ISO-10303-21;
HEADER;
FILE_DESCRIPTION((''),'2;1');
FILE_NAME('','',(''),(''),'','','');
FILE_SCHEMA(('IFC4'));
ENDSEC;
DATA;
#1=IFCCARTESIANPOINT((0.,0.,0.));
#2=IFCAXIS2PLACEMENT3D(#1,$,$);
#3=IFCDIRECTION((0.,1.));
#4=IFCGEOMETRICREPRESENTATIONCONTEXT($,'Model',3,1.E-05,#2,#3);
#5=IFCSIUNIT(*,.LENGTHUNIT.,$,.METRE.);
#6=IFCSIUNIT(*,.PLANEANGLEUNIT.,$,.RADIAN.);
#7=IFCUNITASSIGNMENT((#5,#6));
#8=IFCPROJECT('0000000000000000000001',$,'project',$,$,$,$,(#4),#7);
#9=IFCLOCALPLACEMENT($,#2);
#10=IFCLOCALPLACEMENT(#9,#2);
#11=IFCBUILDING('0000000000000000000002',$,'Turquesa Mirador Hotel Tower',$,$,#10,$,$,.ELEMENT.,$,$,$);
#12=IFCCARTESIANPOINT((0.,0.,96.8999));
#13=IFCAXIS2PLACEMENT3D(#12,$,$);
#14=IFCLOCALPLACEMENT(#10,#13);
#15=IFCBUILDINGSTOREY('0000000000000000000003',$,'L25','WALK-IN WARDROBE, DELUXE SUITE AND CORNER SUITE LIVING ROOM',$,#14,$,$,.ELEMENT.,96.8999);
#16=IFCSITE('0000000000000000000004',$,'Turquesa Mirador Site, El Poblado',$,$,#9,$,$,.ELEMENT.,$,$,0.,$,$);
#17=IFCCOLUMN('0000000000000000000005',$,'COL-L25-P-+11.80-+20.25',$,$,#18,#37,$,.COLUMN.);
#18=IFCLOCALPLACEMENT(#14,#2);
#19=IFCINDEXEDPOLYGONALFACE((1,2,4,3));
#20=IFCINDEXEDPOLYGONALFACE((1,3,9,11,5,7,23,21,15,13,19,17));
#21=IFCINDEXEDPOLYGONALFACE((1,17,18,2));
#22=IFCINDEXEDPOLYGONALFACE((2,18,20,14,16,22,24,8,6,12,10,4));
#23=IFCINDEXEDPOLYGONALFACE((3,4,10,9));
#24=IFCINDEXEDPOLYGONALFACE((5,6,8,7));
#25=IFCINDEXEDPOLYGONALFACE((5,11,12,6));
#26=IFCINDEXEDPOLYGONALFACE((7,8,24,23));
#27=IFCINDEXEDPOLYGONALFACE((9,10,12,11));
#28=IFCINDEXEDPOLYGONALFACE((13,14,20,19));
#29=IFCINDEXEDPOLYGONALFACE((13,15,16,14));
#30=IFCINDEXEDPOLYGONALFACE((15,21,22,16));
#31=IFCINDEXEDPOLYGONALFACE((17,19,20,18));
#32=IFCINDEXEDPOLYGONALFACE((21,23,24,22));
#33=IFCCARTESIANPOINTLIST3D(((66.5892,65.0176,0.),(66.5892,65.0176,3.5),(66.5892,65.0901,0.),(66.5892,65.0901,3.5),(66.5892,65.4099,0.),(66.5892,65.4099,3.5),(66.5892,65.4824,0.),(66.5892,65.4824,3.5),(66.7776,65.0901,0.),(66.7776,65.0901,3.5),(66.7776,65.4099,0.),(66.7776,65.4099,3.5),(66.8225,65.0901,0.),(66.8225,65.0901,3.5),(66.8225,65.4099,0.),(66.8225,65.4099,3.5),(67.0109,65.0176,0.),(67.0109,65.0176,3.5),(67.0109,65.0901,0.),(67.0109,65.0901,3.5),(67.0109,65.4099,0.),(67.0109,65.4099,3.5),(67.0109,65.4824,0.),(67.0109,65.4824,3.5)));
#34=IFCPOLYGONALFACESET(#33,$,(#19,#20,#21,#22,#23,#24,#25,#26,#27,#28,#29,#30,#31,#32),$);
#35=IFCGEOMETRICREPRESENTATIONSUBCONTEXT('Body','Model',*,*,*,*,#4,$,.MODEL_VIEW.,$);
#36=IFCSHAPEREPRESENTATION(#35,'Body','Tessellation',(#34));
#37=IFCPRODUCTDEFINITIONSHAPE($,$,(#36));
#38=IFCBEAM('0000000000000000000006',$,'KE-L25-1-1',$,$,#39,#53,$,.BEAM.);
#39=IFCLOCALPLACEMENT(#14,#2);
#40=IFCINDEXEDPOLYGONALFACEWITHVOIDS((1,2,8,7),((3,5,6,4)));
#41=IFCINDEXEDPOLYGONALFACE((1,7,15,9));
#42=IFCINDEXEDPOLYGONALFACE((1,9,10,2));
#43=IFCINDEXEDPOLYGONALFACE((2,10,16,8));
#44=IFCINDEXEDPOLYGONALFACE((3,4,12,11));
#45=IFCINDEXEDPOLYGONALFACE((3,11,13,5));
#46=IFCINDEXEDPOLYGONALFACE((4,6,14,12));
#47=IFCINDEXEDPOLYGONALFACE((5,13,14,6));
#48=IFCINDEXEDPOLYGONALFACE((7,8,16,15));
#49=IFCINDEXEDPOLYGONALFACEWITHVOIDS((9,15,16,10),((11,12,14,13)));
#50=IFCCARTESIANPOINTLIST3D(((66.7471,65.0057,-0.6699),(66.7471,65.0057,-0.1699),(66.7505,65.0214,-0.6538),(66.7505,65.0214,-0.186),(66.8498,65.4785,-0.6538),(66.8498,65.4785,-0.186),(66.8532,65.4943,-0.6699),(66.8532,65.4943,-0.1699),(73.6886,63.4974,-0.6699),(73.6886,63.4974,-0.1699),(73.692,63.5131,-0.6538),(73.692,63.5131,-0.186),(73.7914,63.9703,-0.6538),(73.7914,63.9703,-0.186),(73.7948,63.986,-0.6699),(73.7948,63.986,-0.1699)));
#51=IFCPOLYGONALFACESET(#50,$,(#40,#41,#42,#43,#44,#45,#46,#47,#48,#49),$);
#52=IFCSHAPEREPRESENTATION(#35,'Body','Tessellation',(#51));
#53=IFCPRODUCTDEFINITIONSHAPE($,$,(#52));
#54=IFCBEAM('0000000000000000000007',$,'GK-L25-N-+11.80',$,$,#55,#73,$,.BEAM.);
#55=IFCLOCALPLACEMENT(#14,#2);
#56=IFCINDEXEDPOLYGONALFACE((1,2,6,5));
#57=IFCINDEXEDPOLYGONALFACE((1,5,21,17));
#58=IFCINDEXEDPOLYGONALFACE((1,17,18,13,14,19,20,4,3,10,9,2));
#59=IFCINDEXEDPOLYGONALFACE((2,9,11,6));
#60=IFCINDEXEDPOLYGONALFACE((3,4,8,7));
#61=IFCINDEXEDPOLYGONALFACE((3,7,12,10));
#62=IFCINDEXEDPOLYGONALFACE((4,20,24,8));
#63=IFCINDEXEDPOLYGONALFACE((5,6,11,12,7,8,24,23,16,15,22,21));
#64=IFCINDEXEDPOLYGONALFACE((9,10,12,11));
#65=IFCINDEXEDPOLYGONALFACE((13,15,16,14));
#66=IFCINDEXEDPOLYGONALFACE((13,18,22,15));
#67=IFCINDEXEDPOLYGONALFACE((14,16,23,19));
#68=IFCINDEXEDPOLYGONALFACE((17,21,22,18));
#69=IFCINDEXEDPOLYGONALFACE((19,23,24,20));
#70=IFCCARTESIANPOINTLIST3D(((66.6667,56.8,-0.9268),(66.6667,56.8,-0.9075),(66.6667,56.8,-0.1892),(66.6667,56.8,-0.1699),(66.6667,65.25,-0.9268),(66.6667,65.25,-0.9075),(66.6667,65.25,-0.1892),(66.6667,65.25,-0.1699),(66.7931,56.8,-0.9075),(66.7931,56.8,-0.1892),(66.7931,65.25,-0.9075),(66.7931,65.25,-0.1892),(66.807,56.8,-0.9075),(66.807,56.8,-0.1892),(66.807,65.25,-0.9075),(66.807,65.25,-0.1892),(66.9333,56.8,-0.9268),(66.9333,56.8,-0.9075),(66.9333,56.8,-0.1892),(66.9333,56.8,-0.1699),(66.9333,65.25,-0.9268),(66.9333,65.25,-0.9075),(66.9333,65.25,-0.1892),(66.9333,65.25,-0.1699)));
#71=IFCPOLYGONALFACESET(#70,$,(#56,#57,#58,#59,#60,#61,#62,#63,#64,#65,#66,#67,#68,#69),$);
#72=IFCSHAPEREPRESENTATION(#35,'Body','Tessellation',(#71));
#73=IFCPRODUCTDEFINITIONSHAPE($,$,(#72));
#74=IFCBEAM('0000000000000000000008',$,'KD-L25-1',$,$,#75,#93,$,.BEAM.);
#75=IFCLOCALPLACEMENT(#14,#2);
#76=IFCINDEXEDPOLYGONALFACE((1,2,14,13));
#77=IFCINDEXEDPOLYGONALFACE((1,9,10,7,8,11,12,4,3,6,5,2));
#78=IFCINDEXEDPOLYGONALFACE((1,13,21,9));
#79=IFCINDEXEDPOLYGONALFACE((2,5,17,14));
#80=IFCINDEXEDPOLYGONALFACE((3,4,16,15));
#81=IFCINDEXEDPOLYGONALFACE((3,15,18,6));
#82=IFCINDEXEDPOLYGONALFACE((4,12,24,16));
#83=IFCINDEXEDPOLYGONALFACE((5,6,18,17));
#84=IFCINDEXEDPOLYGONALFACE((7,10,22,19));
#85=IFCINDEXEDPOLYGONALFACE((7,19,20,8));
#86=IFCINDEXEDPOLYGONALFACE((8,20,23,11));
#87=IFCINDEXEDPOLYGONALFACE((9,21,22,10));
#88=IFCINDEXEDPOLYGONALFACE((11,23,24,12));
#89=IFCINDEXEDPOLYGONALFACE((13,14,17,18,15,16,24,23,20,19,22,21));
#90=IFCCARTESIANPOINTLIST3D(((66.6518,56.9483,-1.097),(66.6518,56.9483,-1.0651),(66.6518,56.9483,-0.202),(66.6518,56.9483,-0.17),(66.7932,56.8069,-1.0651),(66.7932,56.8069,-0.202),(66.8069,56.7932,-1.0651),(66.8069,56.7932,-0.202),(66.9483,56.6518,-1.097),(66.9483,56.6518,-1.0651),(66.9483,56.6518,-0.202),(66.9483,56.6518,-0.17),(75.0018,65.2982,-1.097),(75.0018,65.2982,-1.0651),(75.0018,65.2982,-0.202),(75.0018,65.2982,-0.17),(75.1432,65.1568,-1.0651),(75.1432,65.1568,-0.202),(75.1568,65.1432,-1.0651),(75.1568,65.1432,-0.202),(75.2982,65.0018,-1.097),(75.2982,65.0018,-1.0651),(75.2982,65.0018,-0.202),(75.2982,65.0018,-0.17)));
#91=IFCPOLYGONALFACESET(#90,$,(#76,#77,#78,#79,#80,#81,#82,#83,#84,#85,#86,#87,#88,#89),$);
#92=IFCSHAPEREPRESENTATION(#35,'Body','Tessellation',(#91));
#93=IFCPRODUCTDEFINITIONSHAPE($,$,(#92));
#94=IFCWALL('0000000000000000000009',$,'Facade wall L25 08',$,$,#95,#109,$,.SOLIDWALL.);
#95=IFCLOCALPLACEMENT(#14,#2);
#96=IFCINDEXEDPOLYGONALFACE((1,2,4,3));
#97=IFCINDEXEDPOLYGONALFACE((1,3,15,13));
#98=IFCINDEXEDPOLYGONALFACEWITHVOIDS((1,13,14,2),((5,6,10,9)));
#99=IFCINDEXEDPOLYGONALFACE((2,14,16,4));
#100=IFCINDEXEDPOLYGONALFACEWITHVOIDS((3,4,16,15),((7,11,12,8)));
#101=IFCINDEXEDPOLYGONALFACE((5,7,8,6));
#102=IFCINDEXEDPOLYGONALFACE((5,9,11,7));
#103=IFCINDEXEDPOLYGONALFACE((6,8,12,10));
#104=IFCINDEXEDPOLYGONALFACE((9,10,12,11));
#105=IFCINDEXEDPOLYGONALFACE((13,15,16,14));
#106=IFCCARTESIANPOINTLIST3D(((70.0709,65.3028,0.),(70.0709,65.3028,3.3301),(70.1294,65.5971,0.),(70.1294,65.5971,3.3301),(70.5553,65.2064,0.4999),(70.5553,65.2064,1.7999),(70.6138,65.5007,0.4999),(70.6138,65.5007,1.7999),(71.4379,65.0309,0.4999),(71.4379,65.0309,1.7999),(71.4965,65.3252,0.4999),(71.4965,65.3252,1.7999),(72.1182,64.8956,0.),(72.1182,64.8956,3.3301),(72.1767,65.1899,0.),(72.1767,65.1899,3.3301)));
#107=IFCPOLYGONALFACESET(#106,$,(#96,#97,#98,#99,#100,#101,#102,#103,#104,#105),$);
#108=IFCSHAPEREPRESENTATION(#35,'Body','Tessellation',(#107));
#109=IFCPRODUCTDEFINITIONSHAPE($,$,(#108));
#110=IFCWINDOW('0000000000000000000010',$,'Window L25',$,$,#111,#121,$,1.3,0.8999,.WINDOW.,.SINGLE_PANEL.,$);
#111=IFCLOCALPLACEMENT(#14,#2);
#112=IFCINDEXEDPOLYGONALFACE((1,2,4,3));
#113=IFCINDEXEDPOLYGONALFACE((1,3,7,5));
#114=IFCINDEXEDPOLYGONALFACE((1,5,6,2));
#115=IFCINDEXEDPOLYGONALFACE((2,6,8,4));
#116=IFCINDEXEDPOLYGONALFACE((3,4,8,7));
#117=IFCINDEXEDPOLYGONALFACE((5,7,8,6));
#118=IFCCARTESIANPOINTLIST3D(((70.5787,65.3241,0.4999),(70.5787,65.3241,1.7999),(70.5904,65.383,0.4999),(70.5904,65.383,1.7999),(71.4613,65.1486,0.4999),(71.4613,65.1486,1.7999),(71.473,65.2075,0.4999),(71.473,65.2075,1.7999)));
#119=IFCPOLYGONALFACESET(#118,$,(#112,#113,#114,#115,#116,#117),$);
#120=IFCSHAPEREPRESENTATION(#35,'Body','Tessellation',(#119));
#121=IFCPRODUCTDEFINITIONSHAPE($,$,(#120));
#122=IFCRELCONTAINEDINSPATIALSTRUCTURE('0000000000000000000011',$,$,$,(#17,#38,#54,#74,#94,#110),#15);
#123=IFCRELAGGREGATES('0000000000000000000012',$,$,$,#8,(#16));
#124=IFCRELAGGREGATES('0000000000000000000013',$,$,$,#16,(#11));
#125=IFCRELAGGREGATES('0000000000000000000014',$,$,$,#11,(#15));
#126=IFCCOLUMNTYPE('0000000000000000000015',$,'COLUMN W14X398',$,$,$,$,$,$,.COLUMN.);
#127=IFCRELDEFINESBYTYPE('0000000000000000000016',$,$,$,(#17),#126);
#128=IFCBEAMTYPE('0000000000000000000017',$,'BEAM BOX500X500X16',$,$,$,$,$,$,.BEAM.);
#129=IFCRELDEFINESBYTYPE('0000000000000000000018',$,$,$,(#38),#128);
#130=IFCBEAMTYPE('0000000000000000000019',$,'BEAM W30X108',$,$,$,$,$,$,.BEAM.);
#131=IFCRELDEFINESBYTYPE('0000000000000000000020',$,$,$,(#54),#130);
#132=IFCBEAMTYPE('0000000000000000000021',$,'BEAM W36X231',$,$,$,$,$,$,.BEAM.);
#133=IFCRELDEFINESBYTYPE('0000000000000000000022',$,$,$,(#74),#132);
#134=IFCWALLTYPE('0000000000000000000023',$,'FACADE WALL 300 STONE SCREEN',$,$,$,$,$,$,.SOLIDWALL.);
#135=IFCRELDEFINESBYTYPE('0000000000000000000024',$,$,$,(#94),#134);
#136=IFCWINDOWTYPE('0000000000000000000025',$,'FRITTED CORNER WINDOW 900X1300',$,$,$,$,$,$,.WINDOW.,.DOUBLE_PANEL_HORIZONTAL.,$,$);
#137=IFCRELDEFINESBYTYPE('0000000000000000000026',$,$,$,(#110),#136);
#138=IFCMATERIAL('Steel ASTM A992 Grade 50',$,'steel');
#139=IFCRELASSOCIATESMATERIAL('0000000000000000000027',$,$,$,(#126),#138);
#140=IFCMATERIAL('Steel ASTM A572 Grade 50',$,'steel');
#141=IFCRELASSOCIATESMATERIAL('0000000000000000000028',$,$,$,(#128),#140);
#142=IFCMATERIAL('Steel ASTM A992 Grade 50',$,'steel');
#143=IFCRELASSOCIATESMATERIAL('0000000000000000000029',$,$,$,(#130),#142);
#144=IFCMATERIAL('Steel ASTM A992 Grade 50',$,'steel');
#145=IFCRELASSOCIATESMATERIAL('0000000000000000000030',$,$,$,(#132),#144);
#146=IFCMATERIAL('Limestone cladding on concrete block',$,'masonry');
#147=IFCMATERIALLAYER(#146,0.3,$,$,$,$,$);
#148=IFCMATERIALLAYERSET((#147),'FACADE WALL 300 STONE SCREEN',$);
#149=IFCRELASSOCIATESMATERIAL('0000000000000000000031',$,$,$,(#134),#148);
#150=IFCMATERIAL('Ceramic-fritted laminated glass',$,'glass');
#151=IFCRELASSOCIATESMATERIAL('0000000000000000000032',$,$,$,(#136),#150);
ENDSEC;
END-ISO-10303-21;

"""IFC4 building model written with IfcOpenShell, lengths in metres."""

from ifc_helpers import new_model, si_unit, direction, frame, frame_2d, origin, origin_2d, place, context, subcontext, project, spatial, rectangle, hollow_rectangle, i_section, extrude, material, layer, layer_set, material_profile, profile_set, type_object, element, fill, save


model = new_model("IFC4")

# Units and contexts
model_context = context("Model", 3, precision=1e-05, world=origin(), true_north=direction((0.0, 1.0)))
body_context = subcontext(model_context, "Body", "Model", "MODEL_VIEW")
ifc_project = project(units=[si_unit("LENGTHUNIT", "METRE"), si_unit("PLANEANGLEUNIT", "RADIAN")], contexts=[model_context])

# Site, building, storey
site_placement = place(None, origin())
site = spatial("IfcSite", under=ifc_project, at=site_placement, Name="Turquesa Mirador Site, El Poblado", CompositionType="ELEMENT", RefElevation=0.0)
building_placement = place(site_placement, origin())
building = spatial("IfcBuilding", under=site, at=building_placement, Name="Turquesa Mirador Hotel Tower", CompositionType="ELEMENT")
storey_placement = place(building_placement, frame((0.0, 0.0, 96.8999)))
storey = spatial("IfcBuildingStorey", under=building, at=storey_placement, Name="L25", Description="WALK-IN WARDROBE, DELUXE SUITE AND CORNER SUITE LIVING ROOM", CompositionType="ELEMENT", Elevation=96.8999)

# Column
ifc_material_1 = material(Name="Steel ASTM A992 Grade 50", Category="steel")
ifc_material_profile_1 = material_profile(ifc_material_1, i_section(OverallWidth=0.4216, OverallDepth=0.4648, WebThickness=0.0449, FlangeThickness=0.0725, at=origin_2d()), Name="W14X398")
ifc_profile_set_1 = profile_set([ifc_material_profile_1], Name="Steel ASTM A992 Grade 50")
column_type = type_object("IfcColumnType", Name="COLUMN W14X398", PredefinedType="COLUMN", material=ifc_profile_set_1)
column_placement = place(storey_placement, frame((66.8, 65.25, 0.0), z_axis=(0.0, 0.0, 1.0), x_axis=(1.0, 0.0, 0.0)))
element("IfcColumn", 1, at=column_placement, inside=storey, type_object=column_type, Name="COL-L25-P-+11.80-+20.25", PredefinedType="COLUMN", context=body_context, shape_type="SweptSolid", body=[
    extrude(i_section(OverallWidth=0.4216, OverallDepth=0.4648, WebThickness=0.0449, FlangeThickness=0.0725, at=origin_2d()), origin(), (0.0, 0.0, 1.0), 3.5),
])

# Beams
ifc_material_2 = material(Name="Steel ASTM A572 Grade 50", Category="steel")
ifc_material_profile_2 = material_profile(ifc_material_2, hollow_rectangle(XDim=0.5, YDim=0.5, WallThickness=0.0161, at=origin_2d()), Name="BOX500X500X16")
ifc_profile_set_2 = profile_set([ifc_material_profile_2], Name="Steel ASTM A572 Grade 50")
beam_type_1 = type_object("IfcBeamType", Name="BEAM BOX500X500X16", PredefinedType="BEAM", material=ifc_profile_set_2)
beam_1_placement = place(storey_placement, frame((73.7417, 63.7417, -0.4199), z_axis=(-0.977198, 0.212328, 0.0), x_axis=(-0.212328, -0.977198, 0.0)))
element("IfcBeam", 2, at=beam_1_placement, inside=storey, type_object=beam_type_1, Name="KE-L25-1-1", PredefinedType="BEAM", context=body_context, shape_type="SweptSolid", body=[
    extrude(hollow_rectangle(XDim=0.5, YDim=0.5, WallThickness=0.0161, at=origin_2d()), origin(), (0.0, 0.0, 1.0), 7.1035),
])
ifc_material_3 = material(Name="Steel ASTM A992 Grade 50", Category="steel")
ifc_material_profile_3 = material_profile(ifc_material_3, i_section(OverallWidth=0.2666, OverallDepth=0.7568, WebThickness=0.0139, FlangeThickness=0.0193, at=origin_2d()), Name="W30X108")
ifc_profile_set_3 = profile_set([ifc_material_profile_3], Name="Steel ASTM A992 Grade 50")
beam_type_2 = type_object("IfcBeamType", Name="BEAM W30X108", PredefinedType="BEAM", material=ifc_profile_set_3)
beam_2_placement = place(storey_placement, frame((66.8, 65.25, -0.5483), z_axis=(0.0, -1.0, 0.0), x_axis=(1.0, 0.0, 0.0)))
element("IfcBeam", 3, at=beam_2_placement, inside=storey, type_object=beam_type_2, Name="GK-L25-N-+11.80", PredefinedType="BEAM", context=body_context, shape_type="SweptSolid", body=[
    extrude(i_section(OverallWidth=0.2666, OverallDepth=0.7568, WebThickness=0.0139, FlangeThickness=0.0193, at=origin_2d()), origin(), (0.0, 0.0, 1.0), 8.45),
])
ifc_material_4 = material(Name="Steel ASTM A992 Grade 50", Category="steel")
ifc_material_profile_4 = material_profile(ifc_material_4, i_section(OverallWidth=0.4192, OverallDepth=0.927, WebThickness=0.0193, FlangeThickness=0.032, at=origin_2d()), Name="W36X231")
ifc_profile_set_4 = profile_set([ifc_material_profile_4], Name="Steel ASTM A992 Grade 50")
beam_type_3 = type_object("IfcBeamType", Name="BEAM W36X231", PredefinedType="BEAM", material=ifc_profile_set_4)
beam_3_placement = place(storey_placement, frame((66.8, 56.8, -0.6335), z_axis=(0.707107, 0.707107, 0.0), x_axis=(-0.707107, 0.707107, 0.0)))
element("IfcBeam", 4, at=beam_3_placement, inside=storey, type_object=beam_type_3, Name="KD-L25-1", PredefinedType="BEAM", context=body_context, shape_type="SweptSolid", body=[
    extrude(i_section(OverallWidth=0.4192, OverallDepth=0.927, WebThickness=0.0193, FlangeThickness=0.032, at=origin_2d()), origin(), (0.0, 0.0, 1.0), 11.8086),
])

# Wall, opening, window
ifc_material_5 = material(Name="Limestone cladding on concrete block", Category="masonry")
ifc_layer_1 = layer(ifc_material_5, 0.3)
ifc_layer_set_1 = layer_set([ifc_layer_1], Name="FACADE WALL 300 STONE SCREEN")
wall_type_1 = type_object("IfcWallType", Name="FACADE WALL 300 STONE SCREEN", PredefinedType="SOLIDWALL", material=ifc_layer_set_1)
wall_1_placement = place(storey_placement, frame((72.1475, 65.0427, 0.0), z_axis=(0.0, 0.0, 1.0), x_axis=(-0.980787, 0.195081, 0.0)))
wall_1 = element("IfcWall", 5, at=wall_1_placement, inside=storey, type_object=wall_type_1, Name="Facade wall L25 08", PredefinedType="SOLIDWALL", context=body_context, shape_type="SweptSolid", body=[
    extrude(rectangle(XDim=2.0874, YDim=0.3, at=frame_2d((1.0437, 0.0))), origin(), (0.0, 0.0, 1.0), 3.3301),
])
opening_1_placement = place(wall_1_placement, frame((0.6936, 0.0, 0.5)))
opening_1 = element("IfcOpeningElement", 6, at=opening_1_placement, cuts=wall_1, PredefinedType="OPENING", context=body_context, shape_type="SweptSolid", body=[
    extrude(rectangle(XDim=0.8999, YDim=1.3, at=frame_2d((0.45, 0.6499))), frame((0.0, 0.1599, 0.0), z_axis=(0.0, -1.0, 0.0), x_axis=(1.0, 0.0, 0.0)), (0.0, 0.0, 1.0), 0.3201),
])
ifc_material_6 = material(Name="Ceramic-fritted laminated glass", Category="glass")
window_type_1 = type_object("IfcWindowType", Name="FRITTED CORNER WINDOW 900X1300", PartitioningType="DOUBLE_PANEL_HORIZONTAL", PredefinedType="WINDOW", material=ifc_material_6)
window_1_placement = place(opening_1_placement, origin())
window_1 = element("IfcWindow", 7, at=window_1_placement, inside=storey, type_object=window_type_1, Name="Window L25", OverallHeight=1.3, OverallWidth=0.8999, PartitioningType="SINGLE_PANEL", PredefinedType="WINDOW", context=body_context, shape_type="SweptSolid", body=[
    extrude(rectangle(XDim=0.8999, YDim=1.3, at=frame_2d((0.45, 0.6499))), frame((0.0, 0.03, 0.0), z_axis=(0.0, -1.0, 0.0), x_axis=(1.0, 0.0, 0.0)), (0.0, 0.0, 1.0), 0.0601),
])
fill(opening_1, window_1)

save(model, "model.ifc")
